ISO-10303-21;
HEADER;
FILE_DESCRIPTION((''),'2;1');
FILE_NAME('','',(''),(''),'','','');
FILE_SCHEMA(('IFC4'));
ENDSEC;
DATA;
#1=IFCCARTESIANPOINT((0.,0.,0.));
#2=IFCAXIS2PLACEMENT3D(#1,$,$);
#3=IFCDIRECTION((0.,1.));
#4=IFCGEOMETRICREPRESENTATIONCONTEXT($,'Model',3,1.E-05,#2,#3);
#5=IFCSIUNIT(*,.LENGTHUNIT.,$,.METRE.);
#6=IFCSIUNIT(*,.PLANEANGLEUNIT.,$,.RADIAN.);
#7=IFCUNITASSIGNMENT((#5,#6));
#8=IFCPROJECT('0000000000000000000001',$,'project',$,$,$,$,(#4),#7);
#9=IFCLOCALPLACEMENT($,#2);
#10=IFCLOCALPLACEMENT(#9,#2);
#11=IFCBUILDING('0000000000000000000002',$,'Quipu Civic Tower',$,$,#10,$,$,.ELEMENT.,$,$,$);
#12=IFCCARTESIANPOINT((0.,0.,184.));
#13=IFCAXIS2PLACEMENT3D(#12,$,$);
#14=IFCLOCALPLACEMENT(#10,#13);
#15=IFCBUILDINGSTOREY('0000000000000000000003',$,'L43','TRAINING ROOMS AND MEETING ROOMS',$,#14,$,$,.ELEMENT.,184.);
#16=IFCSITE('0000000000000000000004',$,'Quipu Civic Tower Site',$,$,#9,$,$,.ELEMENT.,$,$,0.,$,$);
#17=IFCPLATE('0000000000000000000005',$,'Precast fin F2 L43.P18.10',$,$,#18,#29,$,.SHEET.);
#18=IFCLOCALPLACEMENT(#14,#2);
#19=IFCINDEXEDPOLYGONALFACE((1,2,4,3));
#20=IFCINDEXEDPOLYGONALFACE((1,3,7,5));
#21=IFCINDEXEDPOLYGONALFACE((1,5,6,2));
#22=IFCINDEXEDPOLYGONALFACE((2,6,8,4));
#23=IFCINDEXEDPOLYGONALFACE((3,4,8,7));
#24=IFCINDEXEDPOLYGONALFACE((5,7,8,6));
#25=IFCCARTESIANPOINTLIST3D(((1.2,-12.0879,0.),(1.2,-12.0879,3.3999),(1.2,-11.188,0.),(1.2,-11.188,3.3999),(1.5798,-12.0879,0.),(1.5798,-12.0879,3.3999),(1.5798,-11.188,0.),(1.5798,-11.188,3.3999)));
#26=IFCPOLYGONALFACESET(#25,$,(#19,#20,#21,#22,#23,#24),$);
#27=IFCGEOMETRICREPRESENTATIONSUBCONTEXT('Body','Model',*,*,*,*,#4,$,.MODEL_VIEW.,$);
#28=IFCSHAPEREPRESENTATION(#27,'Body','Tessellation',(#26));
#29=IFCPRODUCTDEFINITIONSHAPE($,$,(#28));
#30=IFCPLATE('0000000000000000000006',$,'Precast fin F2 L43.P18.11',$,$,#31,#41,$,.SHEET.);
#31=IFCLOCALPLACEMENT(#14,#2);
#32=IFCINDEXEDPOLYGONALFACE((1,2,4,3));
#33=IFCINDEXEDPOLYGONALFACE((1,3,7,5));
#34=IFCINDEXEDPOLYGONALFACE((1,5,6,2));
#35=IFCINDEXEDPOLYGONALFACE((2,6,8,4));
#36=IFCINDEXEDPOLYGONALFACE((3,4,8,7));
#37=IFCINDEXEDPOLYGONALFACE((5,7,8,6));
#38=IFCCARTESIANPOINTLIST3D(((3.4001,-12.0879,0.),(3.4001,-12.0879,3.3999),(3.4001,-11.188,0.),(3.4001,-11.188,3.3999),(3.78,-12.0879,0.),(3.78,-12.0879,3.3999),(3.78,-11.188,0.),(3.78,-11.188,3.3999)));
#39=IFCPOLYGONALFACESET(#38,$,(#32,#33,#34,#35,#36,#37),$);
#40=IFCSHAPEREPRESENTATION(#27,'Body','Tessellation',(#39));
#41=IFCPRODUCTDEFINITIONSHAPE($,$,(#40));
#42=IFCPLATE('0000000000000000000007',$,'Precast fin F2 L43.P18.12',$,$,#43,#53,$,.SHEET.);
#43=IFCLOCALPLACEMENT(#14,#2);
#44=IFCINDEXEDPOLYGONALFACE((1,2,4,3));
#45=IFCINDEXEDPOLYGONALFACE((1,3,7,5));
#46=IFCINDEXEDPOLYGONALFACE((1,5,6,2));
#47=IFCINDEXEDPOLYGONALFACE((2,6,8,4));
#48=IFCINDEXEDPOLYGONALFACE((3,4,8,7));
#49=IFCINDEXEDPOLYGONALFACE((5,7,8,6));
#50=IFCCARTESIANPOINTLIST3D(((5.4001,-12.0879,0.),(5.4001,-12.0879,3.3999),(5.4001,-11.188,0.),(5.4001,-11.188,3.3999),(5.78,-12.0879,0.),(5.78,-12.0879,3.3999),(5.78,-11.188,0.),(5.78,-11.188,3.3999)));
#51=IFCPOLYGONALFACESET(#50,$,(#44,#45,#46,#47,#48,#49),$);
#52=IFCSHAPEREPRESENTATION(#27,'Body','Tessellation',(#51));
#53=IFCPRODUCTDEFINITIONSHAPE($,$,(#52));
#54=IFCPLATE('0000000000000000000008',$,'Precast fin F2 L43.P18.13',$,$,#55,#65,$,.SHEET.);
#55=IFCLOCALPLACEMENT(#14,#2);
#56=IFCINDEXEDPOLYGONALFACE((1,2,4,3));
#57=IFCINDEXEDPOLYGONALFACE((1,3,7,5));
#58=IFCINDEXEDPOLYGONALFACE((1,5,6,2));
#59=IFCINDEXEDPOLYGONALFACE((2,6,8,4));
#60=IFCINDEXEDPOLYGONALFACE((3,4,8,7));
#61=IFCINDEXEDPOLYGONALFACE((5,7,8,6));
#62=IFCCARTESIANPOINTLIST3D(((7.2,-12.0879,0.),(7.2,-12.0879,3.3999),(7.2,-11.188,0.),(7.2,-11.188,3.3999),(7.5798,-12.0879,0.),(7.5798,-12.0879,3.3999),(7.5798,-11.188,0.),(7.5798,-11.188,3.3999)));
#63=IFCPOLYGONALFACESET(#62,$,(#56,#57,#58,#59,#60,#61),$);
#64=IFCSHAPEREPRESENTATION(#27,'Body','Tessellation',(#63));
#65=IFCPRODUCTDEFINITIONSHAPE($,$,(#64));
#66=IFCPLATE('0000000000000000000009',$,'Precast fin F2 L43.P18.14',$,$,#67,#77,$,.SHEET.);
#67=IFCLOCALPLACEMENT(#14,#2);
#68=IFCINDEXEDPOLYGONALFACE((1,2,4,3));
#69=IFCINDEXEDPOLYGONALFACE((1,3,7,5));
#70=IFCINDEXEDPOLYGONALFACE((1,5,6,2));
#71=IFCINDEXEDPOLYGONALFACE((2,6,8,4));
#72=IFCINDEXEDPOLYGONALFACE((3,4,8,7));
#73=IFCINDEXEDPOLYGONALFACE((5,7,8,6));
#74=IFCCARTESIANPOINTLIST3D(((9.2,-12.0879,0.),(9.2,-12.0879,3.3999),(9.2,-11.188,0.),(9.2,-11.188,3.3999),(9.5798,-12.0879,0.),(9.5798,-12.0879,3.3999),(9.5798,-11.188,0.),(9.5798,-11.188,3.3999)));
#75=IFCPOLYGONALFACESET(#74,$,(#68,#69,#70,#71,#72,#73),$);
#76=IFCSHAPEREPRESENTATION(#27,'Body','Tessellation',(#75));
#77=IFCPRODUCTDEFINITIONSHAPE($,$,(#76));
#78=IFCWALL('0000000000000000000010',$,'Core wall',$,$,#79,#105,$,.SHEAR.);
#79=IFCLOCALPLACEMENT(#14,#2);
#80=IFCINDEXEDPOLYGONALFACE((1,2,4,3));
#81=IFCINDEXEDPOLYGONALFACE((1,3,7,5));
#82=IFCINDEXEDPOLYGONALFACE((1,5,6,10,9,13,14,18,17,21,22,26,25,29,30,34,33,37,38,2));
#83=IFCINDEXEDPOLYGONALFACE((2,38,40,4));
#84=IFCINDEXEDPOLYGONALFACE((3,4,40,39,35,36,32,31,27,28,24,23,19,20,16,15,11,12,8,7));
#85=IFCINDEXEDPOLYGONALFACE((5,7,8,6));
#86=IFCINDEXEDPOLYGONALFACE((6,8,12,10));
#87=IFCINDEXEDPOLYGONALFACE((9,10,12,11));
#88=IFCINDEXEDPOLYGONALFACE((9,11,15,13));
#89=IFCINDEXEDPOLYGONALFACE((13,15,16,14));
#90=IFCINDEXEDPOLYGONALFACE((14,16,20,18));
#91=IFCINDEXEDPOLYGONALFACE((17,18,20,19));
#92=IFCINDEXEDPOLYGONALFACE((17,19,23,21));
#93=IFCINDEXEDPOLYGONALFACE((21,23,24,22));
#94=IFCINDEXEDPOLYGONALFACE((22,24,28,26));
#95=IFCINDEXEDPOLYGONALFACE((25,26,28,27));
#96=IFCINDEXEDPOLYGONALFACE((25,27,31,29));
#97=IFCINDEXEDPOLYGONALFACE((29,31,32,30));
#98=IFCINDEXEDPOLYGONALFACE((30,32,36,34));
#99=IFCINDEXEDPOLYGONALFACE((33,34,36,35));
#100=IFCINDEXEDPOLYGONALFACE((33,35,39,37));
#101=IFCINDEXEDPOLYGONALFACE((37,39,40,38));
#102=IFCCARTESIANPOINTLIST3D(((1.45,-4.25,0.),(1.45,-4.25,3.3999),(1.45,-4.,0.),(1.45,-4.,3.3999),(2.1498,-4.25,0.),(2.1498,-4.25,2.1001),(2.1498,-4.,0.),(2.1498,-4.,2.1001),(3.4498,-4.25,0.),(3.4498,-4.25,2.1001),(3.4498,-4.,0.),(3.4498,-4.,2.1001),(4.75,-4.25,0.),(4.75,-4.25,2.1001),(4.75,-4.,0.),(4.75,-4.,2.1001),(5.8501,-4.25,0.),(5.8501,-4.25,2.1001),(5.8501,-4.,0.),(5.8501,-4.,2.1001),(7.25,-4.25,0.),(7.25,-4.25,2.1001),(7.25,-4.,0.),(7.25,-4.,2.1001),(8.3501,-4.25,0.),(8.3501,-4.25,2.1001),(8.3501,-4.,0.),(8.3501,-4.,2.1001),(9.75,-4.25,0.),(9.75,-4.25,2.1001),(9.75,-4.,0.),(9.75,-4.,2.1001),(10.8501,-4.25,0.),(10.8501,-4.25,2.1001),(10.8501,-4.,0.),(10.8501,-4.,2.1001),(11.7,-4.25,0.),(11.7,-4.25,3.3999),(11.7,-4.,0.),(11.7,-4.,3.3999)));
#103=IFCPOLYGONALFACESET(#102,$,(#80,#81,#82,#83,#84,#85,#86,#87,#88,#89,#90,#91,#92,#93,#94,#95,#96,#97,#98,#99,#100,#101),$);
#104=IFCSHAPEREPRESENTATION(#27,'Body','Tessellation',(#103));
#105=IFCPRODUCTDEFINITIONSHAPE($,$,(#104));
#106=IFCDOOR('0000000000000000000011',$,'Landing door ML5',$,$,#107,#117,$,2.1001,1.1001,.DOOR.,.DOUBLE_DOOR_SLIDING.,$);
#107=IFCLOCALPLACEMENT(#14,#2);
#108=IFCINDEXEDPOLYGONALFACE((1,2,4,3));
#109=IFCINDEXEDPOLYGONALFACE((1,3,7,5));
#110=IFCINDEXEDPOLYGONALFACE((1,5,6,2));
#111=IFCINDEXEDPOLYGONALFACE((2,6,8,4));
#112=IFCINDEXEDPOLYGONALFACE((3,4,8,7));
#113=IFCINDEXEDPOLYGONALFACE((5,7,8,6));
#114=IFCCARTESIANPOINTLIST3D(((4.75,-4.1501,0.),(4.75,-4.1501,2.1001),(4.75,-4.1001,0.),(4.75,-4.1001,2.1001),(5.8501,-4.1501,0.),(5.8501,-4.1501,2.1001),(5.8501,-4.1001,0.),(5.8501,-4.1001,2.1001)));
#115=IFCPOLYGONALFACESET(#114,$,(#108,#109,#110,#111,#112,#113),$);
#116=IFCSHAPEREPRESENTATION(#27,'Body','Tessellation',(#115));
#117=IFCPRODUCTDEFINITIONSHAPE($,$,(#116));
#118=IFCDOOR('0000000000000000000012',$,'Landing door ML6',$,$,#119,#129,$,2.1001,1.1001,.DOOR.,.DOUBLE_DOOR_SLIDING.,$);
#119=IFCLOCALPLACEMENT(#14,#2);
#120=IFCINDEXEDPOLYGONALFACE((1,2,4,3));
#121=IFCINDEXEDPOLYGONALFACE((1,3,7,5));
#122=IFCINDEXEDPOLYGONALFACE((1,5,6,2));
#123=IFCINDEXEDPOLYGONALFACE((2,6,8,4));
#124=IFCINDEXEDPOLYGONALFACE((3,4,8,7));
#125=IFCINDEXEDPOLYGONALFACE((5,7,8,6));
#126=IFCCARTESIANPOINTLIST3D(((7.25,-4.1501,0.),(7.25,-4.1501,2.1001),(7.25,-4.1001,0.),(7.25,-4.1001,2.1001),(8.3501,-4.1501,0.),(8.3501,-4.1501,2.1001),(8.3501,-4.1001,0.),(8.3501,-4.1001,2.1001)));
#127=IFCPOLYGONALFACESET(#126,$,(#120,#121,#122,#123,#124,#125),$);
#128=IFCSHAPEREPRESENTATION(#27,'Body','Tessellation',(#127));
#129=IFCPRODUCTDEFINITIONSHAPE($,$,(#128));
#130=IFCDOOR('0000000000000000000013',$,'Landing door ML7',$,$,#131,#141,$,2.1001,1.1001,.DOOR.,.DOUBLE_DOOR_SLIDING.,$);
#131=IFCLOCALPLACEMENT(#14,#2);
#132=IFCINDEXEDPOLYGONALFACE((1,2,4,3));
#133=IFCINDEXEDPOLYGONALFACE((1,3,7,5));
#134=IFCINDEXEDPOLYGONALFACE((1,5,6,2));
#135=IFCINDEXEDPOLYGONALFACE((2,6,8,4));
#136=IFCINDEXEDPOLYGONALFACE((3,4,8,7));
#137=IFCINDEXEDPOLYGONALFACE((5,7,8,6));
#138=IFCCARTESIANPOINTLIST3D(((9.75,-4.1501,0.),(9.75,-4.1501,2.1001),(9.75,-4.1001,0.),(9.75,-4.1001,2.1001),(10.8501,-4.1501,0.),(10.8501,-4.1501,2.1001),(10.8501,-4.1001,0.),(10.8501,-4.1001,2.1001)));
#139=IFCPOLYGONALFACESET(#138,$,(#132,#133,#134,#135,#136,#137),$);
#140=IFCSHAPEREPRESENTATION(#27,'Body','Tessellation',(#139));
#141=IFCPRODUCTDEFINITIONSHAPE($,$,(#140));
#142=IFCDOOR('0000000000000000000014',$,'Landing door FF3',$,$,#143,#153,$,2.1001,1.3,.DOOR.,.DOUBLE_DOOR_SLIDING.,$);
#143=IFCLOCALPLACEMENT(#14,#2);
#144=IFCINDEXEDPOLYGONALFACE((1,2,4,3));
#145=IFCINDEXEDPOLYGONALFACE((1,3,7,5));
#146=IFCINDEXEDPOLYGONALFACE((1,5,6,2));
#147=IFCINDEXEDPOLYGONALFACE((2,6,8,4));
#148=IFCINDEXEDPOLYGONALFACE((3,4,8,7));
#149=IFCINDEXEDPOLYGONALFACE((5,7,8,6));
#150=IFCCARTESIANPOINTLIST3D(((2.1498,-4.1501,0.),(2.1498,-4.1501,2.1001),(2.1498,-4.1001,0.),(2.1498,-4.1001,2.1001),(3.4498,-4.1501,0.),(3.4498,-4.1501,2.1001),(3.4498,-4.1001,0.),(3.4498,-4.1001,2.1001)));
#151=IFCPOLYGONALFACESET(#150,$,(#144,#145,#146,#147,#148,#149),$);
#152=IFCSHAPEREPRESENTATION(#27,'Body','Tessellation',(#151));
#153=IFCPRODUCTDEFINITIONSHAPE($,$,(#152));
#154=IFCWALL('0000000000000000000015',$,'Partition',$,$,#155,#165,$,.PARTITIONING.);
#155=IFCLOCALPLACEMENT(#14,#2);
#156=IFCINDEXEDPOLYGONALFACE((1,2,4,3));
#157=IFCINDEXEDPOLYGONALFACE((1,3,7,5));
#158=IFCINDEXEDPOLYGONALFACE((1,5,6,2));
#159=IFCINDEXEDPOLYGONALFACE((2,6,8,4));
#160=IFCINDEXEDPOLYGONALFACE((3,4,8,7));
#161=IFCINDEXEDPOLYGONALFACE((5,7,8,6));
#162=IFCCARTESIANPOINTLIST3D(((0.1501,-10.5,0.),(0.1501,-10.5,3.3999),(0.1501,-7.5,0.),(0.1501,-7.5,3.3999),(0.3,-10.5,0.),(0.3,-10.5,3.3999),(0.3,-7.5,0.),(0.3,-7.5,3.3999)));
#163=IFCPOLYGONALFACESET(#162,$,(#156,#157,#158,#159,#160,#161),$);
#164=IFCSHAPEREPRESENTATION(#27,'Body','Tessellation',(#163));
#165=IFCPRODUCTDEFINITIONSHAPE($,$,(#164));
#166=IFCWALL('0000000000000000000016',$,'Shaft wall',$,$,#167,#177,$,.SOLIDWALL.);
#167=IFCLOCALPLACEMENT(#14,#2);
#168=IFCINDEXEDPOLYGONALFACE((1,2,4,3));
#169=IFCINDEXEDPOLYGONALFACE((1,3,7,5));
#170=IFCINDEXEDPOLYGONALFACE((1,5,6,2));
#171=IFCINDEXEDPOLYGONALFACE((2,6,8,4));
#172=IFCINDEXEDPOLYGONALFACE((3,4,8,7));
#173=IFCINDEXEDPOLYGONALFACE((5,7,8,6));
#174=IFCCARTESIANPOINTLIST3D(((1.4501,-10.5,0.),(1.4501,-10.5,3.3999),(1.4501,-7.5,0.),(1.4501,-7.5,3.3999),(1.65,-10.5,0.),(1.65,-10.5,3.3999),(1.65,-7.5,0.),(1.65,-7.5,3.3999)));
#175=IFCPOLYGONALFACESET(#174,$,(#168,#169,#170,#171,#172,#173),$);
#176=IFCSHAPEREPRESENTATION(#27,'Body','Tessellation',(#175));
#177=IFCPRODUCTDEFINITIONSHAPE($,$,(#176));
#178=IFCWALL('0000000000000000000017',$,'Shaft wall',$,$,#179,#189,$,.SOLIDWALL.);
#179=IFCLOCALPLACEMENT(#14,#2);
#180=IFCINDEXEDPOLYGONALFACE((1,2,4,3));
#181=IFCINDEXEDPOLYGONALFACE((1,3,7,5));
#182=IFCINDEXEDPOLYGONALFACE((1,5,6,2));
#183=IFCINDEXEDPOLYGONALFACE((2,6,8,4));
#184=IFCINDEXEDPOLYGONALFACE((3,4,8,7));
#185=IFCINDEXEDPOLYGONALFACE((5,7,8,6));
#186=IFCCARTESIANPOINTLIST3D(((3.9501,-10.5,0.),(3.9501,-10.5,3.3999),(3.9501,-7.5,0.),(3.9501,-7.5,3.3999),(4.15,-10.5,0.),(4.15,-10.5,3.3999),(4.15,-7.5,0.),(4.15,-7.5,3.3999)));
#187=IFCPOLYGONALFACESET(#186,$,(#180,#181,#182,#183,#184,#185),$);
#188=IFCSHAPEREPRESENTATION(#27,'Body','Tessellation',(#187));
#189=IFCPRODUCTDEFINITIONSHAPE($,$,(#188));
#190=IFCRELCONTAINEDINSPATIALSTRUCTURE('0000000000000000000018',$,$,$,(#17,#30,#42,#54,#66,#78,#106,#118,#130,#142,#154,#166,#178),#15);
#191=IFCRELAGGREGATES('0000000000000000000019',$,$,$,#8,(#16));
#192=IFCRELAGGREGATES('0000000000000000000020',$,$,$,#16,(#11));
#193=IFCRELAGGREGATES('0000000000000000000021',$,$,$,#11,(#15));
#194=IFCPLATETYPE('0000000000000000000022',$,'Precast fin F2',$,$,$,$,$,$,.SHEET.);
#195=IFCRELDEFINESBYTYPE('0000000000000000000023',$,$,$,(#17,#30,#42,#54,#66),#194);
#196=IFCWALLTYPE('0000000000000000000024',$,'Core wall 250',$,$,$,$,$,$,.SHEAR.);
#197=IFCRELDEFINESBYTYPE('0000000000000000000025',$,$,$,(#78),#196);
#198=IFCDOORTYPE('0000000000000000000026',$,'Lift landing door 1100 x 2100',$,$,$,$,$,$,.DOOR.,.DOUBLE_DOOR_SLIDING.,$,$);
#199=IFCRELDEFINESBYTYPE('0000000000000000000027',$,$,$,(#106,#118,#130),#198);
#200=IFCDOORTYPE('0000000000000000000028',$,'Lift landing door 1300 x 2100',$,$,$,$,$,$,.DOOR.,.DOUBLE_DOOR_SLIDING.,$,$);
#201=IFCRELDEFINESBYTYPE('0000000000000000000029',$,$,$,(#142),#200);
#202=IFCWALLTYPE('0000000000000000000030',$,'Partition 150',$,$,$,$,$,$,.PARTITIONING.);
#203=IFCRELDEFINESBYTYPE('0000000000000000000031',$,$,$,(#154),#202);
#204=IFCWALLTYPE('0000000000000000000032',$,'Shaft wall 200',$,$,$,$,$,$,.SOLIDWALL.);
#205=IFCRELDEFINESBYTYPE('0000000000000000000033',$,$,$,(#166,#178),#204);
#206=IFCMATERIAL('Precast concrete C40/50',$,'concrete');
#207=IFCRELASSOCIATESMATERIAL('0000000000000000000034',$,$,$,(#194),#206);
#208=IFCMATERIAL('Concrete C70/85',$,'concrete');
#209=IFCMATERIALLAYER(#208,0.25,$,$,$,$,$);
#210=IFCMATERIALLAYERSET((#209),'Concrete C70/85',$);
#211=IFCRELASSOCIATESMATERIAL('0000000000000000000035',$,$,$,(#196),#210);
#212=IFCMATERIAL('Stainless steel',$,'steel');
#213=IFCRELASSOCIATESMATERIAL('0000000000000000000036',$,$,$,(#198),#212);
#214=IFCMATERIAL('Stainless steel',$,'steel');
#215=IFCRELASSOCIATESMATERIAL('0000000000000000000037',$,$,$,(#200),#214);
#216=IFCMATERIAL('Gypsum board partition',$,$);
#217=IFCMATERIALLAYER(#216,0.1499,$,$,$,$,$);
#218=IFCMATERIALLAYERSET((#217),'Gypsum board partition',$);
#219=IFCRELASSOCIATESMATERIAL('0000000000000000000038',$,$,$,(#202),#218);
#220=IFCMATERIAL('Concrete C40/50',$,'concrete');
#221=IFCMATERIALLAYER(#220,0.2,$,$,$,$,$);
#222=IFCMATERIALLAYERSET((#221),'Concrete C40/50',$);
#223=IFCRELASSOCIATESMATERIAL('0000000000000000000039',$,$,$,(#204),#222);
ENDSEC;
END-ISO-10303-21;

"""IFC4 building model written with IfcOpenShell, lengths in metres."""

from ifc_helpers import new_model, si_unit, direction, frame, frame_2d, origin, origin_2d, place, context, subcontext, project, spatial, rectangle, extrude, material, layer, layer_set, type_object, element, fill, save


model = new_model("IFC4")

# Units and contexts
model_context = context("Model", 3, precision=1e-05, world=origin(), true_north=direction((0.0, 1.0)))
body_context = subcontext(model_context, "Body", "Model", "MODEL_VIEW")
ifc_project = project(units=[si_unit("LENGTHUNIT", "METRE"), si_unit("PLANEANGLEUNIT", "RADIAN")], contexts=[model_context])

# Site, building, storey
site_placement = place(None, origin())
site = spatial("IfcSite", under=ifc_project, at=site_placement, Name="Quipu Civic Tower Site", CompositionType="ELEMENT", RefElevation=0.0)
building_placement = place(site_placement, origin())
building = spatial("IfcBuilding", under=site, at=building_placement, Name="Quipu Civic Tower", CompositionType="ELEMENT")
storey_placement = place(building_placement, frame((0.0, 0.0, 184.0)))
storey = spatial("IfcBuildingStorey", under=building, at=storey_placement, Name="L43", Description="TRAINING ROOMS AND MEETING ROOMS", CompositionType="ELEMENT", Elevation=184.0)

# Plates
ifc_material_1 = material(Name="Precast concrete C40/50", Category="concrete")
plate_type = type_object("IfcPlateType", Name="Precast fin F2", PredefinedType="SHEET", material=ifc_material_1)
for number, where, z_axis, x_axis, name in (
    (1, (1.3899, -11.6379, 0.0), (0.0, 0.0, 1.0), (1.0, 0.0, 0.0), "Precast fin F2 L43.P18.10"),
    (2, (3.5901, -11.6379, 0.0), (0.0, 0.0, 1.0), (1.0, 0.0, 0.0), "Precast fin F2 L43.P18.11"),
    (3, (5.5901, -11.6379, 0.0), (0.0, 0.0, 1.0), (1.0, 0.0, 0.0), "Precast fin F2 L43.P18.12"),
    (4, (7.3899, -11.6379, 0.0), (0.0, 0.0, 1.0), (1.0, 0.0, 0.0), "Precast fin F2 L43.P18.13"),
    (5, (9.3899, -11.6379, 0.0), (0.0, 0.0, 1.0), (1.0, 0.0, 0.0), "Precast fin F2 L43.P18.14"),
):
    element("IfcPlate", number, at=place(storey_placement, frame(where, z_axis=z_axis, x_axis=x_axis)), inside=storey, type_object=plate_type, Name=name, PredefinedType="SHEET", context=body_context, shape_type="SweptSolid", body=[
        extrude(rectangle(XDim=0.3799, YDim=0.8999, at=origin_2d()), origin(), (0.0, 0.0, 1.0), 3.3999),
    ])

# Wall, openings, doors
ifc_material_2 = material(Name="Concrete C70/85", Category="concrete")
ifc_layer_1 = layer(ifc_material_2, 0.25)
ifc_layer_set_1 = layer_set([ifc_layer_1], Name="Concrete C70/85")
wall_type_1 = type_object("IfcWallType", Name="Core wall 250", PredefinedType="SHEAR", material=ifc_layer_set_1)
wall_1_placement = place(storey_placement, frame((1.45, -4.125, 0.0), z_axis=(0.0, 0.0, 1.0), x_axis=(1.0, 0.0, 0.0)))
wall_1 = element("IfcWall", 6, at=wall_1_placement, inside=storey, type_object=wall_type_1, Name="Core wall", PredefinedType="SHEAR", context=body_context, shape_type="SweptSolid", body=[
    extrude(rectangle(XDim=10.25, YDim=0.25, at=frame_2d((5.125, 0.0))), origin(), (0.0, 0.0, 1.0), 3.3999),
])
opening_1_placement = place(wall_1_placement, frame((0.7, 0.0, 0.0)))
opening_1 = element("IfcOpeningElement", 7, at=opening_1_placement, cuts=wall_1, PredefinedType="OPENING", context=body_context, shape_type="SweptSolid", body=[
    extrude(rectangle(XDim=1.3, YDim=2.1001, at=frame_2d((0.6499, 1.05))), frame((0.0, 0.135, 0.0), z_axis=(0.0, -1.0, 0.0), x_axis=(1.0, 0.0, 0.0)), (0.0, 0.0, 1.0), 0.27),
])
opening_2_placement = place(wall_1_placement, frame((3.3, 0.0, 0.0)))
opening_2 = element("IfcOpeningElement", 8, at=opening_2_placement, cuts=wall_1, PredefinedType="OPENING", context=body_context, shape_type="SweptSolid", body=[
    extrude(rectangle(XDim=1.1001, YDim=2.1001, at=frame_2d((0.55, 1.05))), frame((0.0, 0.135, 0.0), z_axis=(0.0, -1.0, 0.0), x_axis=(1.0, 0.0, 0.0)), (0.0, 0.0, 1.0), 0.27),
])
opening_3_placement = place(wall_1_placement, frame((5.8, 0.0, 0.0)))
opening_3 = element("IfcOpeningElement", 9, at=opening_3_placement, cuts=wall_1, PredefinedType="OPENING", context=body_context, shape_type="SweptSolid", body=[
    extrude(rectangle(XDim=1.1001, YDim=2.1001, at=frame_2d((0.55, 1.05))), frame((0.0, 0.135, 0.0), z_axis=(0.0, -1.0, 0.0), x_axis=(1.0, 0.0, 0.0)), (0.0, 0.0, 1.0), 0.27),
])
opening_4_placement = place(wall_1_placement, frame((8.3, 0.0, 0.0)))
opening_4 = element("IfcOpeningElement", 10, at=opening_4_placement, cuts=wall_1, PredefinedType="OPENING", context=body_context, shape_type="SweptSolid", body=[
    extrude(rectangle(XDim=1.1001, YDim=2.1001, at=frame_2d((0.55, 1.05))), frame((0.0, 0.135, 0.0), z_axis=(0.0, -1.0, 0.0), x_axis=(1.0, 0.0, 0.0)), (0.0, 0.0, 1.0), 0.27),
])
ifc_material_3 = material(Name="Stainless steel", Category="steel")
door_type_1 = type_object("IfcDoorType", Name="Lift landing door 1100 x 2100", OperationType="DOUBLE_DOOR_SLIDING", PredefinedType="DOOR", material=ifc_material_3)
door_1_placement = place(opening_2_placement, origin())
door_1 = element("IfcDoor", 11, at=door_1_placement, inside=storey, type_object=door_type_1, Name="Landing door ML5", OperationType="DOUBLE_DOOR_SLIDING", OverallHeight=2.1001, OverallWidth=1.1001, PredefinedType="DOOR", context=body_context, shape_type="SweptSolid", body=[
    extrude(rectangle(XDim=1.1001, YDim=2.1001, at=frame_2d((0.55, 1.05))), frame((0.0, 0.0249, 0.0), z_axis=(0.0, -1.0, 0.0), x_axis=(1.0, 0.0, 0.0)), (0.0, 0.0, 1.0), 0.05),
])
fill(opening_2, door_1)
door_2_placement = place(opening_3_placement, origin())
door_2 = element("IfcDoor", 12, at=door_2_placement, inside=storey, type_object=door_type_1, Name="Landing door ML6", OperationType="DOUBLE_DOOR_SLIDING", OverallHeight=2.1001, OverallWidth=1.1001, PredefinedType="DOOR", context=body_context, shape_type="SweptSolid", body=[
    extrude(rectangle(XDim=1.1001, YDim=2.1001, at=frame_2d((0.55, 1.05))), frame((0.0, 0.0249, 0.0), z_axis=(0.0, -1.0, 0.0), x_axis=(1.0, 0.0, 0.0)), (0.0, 0.0, 1.0), 0.05),
])
fill(opening_3, door_2)
door_3_placement = place(opening_4_placement, origin())
door_3 = element("IfcDoor", 13, at=door_3_placement, inside=storey, type_object=door_type_1, Name="Landing door ML7", OperationType="DOUBLE_DOOR_SLIDING", OverallHeight=2.1001, OverallWidth=1.1001, PredefinedType="DOOR", context=body_context, shape_type="SweptSolid", body=[
    extrude(rectangle(XDim=1.1001, YDim=2.1001, at=frame_2d((0.55, 1.05))), frame((0.0, 0.0249, 0.0), z_axis=(0.0, -1.0, 0.0), x_axis=(1.0, 0.0, 0.0)), (0.0, 0.0, 1.0), 0.05),
])
fill(opening_4, door_3)
ifc_material_4 = material(Name="Stainless steel", Category="steel")
door_type_2 = type_object("IfcDoorType", Name="Lift landing door 1300 x 2100", OperationType="DOUBLE_DOOR_SLIDING", PredefinedType="DOOR", material=ifc_material_4)
door_4_placement = place(opening_1_placement, origin())
door_4 = element("IfcDoor", 14, at=door_4_placement, inside=storey, type_object=door_type_2, Name="Landing door FF3", OperationType="DOUBLE_DOOR_SLIDING", OverallHeight=2.1001, OverallWidth=1.3, PredefinedType="DOOR", context=body_context, shape_type="SweptSolid", body=[
    extrude(rectangle(XDim=1.3, YDim=2.1001, at=frame_2d((0.6499, 1.05))), frame((0.0, 0.0249, 0.0), z_axis=(0.0, -1.0, 0.0), x_axis=(1.0, 0.0, 0.0)), (0.0, 0.0, 1.0), 0.05),
])
fill(opening_1, door_4)

# Walls
ifc_material_5 = material(Name="Gypsum board partition")
ifc_layer_2 = layer(ifc_material_5, 0.1499)
ifc_layer_set_2 = layer_set([ifc_layer_2], Name="Gypsum board partition")
wall_type_2 = type_object("IfcWallType", Name="Partition 150", PredefinedType="PARTITIONING", material=ifc_layer_set_2)
wall_2_placement = place(storey_placement, frame((0.2251, -10.5, 0.0), z_axis=(0.0, 0.0, 1.0), x_axis=(0.0, 1.0, 0.0)))
element("IfcWall", 15, at=wall_2_placement, inside=storey, type_object=wall_type_2, Name="Partition", PredefinedType="PARTITIONING", context=body_context, shape_type="SweptSolid", body=[
    extrude(rectangle(XDim=3.0, YDim=0.1499, at=frame_2d((1.5, 0.0))), origin(), (0.0, 0.0, 1.0), 3.3999),
])
ifc_material_6 = material(Name="Concrete C40/50", Category="concrete")
ifc_layer_3 = layer(ifc_material_6, 0.2)
ifc_layer_set_3 = layer_set([ifc_layer_3], Name="Concrete C40/50")
wall_type_3 = type_object("IfcWallType", Name="Shaft wall 200", PredefinedType="SOLIDWALL", material=ifc_layer_set_3)
for number, where, z_axis, x_axis, name in (
    (16, (1.55, -10.5, 0.0), (0.0, 0.0, 1.0), (0.0, 1.0, 0.0), "Shaft wall"),
    (17, (4.05, -10.5, 0.0), (0.0, 0.0, 1.0), (0.0, 1.0, 0.0), "Shaft wall"),
):
    element("IfcWall", number, at=place(storey_placement, frame(where, z_axis=z_axis, x_axis=x_axis)), inside=storey, type_object=wall_type_3, Name=name, PredefinedType="SOLIDWALL", context=body_context, shape_type="SweptSolid", body=[
        extrude(rectangle(XDim=3.0, YDim=0.2, at=frame_2d((1.5, 0.0))), origin(), (0.0, 0.0, 1.0), 3.3999),
    ])

save(model, "model.ifc")
